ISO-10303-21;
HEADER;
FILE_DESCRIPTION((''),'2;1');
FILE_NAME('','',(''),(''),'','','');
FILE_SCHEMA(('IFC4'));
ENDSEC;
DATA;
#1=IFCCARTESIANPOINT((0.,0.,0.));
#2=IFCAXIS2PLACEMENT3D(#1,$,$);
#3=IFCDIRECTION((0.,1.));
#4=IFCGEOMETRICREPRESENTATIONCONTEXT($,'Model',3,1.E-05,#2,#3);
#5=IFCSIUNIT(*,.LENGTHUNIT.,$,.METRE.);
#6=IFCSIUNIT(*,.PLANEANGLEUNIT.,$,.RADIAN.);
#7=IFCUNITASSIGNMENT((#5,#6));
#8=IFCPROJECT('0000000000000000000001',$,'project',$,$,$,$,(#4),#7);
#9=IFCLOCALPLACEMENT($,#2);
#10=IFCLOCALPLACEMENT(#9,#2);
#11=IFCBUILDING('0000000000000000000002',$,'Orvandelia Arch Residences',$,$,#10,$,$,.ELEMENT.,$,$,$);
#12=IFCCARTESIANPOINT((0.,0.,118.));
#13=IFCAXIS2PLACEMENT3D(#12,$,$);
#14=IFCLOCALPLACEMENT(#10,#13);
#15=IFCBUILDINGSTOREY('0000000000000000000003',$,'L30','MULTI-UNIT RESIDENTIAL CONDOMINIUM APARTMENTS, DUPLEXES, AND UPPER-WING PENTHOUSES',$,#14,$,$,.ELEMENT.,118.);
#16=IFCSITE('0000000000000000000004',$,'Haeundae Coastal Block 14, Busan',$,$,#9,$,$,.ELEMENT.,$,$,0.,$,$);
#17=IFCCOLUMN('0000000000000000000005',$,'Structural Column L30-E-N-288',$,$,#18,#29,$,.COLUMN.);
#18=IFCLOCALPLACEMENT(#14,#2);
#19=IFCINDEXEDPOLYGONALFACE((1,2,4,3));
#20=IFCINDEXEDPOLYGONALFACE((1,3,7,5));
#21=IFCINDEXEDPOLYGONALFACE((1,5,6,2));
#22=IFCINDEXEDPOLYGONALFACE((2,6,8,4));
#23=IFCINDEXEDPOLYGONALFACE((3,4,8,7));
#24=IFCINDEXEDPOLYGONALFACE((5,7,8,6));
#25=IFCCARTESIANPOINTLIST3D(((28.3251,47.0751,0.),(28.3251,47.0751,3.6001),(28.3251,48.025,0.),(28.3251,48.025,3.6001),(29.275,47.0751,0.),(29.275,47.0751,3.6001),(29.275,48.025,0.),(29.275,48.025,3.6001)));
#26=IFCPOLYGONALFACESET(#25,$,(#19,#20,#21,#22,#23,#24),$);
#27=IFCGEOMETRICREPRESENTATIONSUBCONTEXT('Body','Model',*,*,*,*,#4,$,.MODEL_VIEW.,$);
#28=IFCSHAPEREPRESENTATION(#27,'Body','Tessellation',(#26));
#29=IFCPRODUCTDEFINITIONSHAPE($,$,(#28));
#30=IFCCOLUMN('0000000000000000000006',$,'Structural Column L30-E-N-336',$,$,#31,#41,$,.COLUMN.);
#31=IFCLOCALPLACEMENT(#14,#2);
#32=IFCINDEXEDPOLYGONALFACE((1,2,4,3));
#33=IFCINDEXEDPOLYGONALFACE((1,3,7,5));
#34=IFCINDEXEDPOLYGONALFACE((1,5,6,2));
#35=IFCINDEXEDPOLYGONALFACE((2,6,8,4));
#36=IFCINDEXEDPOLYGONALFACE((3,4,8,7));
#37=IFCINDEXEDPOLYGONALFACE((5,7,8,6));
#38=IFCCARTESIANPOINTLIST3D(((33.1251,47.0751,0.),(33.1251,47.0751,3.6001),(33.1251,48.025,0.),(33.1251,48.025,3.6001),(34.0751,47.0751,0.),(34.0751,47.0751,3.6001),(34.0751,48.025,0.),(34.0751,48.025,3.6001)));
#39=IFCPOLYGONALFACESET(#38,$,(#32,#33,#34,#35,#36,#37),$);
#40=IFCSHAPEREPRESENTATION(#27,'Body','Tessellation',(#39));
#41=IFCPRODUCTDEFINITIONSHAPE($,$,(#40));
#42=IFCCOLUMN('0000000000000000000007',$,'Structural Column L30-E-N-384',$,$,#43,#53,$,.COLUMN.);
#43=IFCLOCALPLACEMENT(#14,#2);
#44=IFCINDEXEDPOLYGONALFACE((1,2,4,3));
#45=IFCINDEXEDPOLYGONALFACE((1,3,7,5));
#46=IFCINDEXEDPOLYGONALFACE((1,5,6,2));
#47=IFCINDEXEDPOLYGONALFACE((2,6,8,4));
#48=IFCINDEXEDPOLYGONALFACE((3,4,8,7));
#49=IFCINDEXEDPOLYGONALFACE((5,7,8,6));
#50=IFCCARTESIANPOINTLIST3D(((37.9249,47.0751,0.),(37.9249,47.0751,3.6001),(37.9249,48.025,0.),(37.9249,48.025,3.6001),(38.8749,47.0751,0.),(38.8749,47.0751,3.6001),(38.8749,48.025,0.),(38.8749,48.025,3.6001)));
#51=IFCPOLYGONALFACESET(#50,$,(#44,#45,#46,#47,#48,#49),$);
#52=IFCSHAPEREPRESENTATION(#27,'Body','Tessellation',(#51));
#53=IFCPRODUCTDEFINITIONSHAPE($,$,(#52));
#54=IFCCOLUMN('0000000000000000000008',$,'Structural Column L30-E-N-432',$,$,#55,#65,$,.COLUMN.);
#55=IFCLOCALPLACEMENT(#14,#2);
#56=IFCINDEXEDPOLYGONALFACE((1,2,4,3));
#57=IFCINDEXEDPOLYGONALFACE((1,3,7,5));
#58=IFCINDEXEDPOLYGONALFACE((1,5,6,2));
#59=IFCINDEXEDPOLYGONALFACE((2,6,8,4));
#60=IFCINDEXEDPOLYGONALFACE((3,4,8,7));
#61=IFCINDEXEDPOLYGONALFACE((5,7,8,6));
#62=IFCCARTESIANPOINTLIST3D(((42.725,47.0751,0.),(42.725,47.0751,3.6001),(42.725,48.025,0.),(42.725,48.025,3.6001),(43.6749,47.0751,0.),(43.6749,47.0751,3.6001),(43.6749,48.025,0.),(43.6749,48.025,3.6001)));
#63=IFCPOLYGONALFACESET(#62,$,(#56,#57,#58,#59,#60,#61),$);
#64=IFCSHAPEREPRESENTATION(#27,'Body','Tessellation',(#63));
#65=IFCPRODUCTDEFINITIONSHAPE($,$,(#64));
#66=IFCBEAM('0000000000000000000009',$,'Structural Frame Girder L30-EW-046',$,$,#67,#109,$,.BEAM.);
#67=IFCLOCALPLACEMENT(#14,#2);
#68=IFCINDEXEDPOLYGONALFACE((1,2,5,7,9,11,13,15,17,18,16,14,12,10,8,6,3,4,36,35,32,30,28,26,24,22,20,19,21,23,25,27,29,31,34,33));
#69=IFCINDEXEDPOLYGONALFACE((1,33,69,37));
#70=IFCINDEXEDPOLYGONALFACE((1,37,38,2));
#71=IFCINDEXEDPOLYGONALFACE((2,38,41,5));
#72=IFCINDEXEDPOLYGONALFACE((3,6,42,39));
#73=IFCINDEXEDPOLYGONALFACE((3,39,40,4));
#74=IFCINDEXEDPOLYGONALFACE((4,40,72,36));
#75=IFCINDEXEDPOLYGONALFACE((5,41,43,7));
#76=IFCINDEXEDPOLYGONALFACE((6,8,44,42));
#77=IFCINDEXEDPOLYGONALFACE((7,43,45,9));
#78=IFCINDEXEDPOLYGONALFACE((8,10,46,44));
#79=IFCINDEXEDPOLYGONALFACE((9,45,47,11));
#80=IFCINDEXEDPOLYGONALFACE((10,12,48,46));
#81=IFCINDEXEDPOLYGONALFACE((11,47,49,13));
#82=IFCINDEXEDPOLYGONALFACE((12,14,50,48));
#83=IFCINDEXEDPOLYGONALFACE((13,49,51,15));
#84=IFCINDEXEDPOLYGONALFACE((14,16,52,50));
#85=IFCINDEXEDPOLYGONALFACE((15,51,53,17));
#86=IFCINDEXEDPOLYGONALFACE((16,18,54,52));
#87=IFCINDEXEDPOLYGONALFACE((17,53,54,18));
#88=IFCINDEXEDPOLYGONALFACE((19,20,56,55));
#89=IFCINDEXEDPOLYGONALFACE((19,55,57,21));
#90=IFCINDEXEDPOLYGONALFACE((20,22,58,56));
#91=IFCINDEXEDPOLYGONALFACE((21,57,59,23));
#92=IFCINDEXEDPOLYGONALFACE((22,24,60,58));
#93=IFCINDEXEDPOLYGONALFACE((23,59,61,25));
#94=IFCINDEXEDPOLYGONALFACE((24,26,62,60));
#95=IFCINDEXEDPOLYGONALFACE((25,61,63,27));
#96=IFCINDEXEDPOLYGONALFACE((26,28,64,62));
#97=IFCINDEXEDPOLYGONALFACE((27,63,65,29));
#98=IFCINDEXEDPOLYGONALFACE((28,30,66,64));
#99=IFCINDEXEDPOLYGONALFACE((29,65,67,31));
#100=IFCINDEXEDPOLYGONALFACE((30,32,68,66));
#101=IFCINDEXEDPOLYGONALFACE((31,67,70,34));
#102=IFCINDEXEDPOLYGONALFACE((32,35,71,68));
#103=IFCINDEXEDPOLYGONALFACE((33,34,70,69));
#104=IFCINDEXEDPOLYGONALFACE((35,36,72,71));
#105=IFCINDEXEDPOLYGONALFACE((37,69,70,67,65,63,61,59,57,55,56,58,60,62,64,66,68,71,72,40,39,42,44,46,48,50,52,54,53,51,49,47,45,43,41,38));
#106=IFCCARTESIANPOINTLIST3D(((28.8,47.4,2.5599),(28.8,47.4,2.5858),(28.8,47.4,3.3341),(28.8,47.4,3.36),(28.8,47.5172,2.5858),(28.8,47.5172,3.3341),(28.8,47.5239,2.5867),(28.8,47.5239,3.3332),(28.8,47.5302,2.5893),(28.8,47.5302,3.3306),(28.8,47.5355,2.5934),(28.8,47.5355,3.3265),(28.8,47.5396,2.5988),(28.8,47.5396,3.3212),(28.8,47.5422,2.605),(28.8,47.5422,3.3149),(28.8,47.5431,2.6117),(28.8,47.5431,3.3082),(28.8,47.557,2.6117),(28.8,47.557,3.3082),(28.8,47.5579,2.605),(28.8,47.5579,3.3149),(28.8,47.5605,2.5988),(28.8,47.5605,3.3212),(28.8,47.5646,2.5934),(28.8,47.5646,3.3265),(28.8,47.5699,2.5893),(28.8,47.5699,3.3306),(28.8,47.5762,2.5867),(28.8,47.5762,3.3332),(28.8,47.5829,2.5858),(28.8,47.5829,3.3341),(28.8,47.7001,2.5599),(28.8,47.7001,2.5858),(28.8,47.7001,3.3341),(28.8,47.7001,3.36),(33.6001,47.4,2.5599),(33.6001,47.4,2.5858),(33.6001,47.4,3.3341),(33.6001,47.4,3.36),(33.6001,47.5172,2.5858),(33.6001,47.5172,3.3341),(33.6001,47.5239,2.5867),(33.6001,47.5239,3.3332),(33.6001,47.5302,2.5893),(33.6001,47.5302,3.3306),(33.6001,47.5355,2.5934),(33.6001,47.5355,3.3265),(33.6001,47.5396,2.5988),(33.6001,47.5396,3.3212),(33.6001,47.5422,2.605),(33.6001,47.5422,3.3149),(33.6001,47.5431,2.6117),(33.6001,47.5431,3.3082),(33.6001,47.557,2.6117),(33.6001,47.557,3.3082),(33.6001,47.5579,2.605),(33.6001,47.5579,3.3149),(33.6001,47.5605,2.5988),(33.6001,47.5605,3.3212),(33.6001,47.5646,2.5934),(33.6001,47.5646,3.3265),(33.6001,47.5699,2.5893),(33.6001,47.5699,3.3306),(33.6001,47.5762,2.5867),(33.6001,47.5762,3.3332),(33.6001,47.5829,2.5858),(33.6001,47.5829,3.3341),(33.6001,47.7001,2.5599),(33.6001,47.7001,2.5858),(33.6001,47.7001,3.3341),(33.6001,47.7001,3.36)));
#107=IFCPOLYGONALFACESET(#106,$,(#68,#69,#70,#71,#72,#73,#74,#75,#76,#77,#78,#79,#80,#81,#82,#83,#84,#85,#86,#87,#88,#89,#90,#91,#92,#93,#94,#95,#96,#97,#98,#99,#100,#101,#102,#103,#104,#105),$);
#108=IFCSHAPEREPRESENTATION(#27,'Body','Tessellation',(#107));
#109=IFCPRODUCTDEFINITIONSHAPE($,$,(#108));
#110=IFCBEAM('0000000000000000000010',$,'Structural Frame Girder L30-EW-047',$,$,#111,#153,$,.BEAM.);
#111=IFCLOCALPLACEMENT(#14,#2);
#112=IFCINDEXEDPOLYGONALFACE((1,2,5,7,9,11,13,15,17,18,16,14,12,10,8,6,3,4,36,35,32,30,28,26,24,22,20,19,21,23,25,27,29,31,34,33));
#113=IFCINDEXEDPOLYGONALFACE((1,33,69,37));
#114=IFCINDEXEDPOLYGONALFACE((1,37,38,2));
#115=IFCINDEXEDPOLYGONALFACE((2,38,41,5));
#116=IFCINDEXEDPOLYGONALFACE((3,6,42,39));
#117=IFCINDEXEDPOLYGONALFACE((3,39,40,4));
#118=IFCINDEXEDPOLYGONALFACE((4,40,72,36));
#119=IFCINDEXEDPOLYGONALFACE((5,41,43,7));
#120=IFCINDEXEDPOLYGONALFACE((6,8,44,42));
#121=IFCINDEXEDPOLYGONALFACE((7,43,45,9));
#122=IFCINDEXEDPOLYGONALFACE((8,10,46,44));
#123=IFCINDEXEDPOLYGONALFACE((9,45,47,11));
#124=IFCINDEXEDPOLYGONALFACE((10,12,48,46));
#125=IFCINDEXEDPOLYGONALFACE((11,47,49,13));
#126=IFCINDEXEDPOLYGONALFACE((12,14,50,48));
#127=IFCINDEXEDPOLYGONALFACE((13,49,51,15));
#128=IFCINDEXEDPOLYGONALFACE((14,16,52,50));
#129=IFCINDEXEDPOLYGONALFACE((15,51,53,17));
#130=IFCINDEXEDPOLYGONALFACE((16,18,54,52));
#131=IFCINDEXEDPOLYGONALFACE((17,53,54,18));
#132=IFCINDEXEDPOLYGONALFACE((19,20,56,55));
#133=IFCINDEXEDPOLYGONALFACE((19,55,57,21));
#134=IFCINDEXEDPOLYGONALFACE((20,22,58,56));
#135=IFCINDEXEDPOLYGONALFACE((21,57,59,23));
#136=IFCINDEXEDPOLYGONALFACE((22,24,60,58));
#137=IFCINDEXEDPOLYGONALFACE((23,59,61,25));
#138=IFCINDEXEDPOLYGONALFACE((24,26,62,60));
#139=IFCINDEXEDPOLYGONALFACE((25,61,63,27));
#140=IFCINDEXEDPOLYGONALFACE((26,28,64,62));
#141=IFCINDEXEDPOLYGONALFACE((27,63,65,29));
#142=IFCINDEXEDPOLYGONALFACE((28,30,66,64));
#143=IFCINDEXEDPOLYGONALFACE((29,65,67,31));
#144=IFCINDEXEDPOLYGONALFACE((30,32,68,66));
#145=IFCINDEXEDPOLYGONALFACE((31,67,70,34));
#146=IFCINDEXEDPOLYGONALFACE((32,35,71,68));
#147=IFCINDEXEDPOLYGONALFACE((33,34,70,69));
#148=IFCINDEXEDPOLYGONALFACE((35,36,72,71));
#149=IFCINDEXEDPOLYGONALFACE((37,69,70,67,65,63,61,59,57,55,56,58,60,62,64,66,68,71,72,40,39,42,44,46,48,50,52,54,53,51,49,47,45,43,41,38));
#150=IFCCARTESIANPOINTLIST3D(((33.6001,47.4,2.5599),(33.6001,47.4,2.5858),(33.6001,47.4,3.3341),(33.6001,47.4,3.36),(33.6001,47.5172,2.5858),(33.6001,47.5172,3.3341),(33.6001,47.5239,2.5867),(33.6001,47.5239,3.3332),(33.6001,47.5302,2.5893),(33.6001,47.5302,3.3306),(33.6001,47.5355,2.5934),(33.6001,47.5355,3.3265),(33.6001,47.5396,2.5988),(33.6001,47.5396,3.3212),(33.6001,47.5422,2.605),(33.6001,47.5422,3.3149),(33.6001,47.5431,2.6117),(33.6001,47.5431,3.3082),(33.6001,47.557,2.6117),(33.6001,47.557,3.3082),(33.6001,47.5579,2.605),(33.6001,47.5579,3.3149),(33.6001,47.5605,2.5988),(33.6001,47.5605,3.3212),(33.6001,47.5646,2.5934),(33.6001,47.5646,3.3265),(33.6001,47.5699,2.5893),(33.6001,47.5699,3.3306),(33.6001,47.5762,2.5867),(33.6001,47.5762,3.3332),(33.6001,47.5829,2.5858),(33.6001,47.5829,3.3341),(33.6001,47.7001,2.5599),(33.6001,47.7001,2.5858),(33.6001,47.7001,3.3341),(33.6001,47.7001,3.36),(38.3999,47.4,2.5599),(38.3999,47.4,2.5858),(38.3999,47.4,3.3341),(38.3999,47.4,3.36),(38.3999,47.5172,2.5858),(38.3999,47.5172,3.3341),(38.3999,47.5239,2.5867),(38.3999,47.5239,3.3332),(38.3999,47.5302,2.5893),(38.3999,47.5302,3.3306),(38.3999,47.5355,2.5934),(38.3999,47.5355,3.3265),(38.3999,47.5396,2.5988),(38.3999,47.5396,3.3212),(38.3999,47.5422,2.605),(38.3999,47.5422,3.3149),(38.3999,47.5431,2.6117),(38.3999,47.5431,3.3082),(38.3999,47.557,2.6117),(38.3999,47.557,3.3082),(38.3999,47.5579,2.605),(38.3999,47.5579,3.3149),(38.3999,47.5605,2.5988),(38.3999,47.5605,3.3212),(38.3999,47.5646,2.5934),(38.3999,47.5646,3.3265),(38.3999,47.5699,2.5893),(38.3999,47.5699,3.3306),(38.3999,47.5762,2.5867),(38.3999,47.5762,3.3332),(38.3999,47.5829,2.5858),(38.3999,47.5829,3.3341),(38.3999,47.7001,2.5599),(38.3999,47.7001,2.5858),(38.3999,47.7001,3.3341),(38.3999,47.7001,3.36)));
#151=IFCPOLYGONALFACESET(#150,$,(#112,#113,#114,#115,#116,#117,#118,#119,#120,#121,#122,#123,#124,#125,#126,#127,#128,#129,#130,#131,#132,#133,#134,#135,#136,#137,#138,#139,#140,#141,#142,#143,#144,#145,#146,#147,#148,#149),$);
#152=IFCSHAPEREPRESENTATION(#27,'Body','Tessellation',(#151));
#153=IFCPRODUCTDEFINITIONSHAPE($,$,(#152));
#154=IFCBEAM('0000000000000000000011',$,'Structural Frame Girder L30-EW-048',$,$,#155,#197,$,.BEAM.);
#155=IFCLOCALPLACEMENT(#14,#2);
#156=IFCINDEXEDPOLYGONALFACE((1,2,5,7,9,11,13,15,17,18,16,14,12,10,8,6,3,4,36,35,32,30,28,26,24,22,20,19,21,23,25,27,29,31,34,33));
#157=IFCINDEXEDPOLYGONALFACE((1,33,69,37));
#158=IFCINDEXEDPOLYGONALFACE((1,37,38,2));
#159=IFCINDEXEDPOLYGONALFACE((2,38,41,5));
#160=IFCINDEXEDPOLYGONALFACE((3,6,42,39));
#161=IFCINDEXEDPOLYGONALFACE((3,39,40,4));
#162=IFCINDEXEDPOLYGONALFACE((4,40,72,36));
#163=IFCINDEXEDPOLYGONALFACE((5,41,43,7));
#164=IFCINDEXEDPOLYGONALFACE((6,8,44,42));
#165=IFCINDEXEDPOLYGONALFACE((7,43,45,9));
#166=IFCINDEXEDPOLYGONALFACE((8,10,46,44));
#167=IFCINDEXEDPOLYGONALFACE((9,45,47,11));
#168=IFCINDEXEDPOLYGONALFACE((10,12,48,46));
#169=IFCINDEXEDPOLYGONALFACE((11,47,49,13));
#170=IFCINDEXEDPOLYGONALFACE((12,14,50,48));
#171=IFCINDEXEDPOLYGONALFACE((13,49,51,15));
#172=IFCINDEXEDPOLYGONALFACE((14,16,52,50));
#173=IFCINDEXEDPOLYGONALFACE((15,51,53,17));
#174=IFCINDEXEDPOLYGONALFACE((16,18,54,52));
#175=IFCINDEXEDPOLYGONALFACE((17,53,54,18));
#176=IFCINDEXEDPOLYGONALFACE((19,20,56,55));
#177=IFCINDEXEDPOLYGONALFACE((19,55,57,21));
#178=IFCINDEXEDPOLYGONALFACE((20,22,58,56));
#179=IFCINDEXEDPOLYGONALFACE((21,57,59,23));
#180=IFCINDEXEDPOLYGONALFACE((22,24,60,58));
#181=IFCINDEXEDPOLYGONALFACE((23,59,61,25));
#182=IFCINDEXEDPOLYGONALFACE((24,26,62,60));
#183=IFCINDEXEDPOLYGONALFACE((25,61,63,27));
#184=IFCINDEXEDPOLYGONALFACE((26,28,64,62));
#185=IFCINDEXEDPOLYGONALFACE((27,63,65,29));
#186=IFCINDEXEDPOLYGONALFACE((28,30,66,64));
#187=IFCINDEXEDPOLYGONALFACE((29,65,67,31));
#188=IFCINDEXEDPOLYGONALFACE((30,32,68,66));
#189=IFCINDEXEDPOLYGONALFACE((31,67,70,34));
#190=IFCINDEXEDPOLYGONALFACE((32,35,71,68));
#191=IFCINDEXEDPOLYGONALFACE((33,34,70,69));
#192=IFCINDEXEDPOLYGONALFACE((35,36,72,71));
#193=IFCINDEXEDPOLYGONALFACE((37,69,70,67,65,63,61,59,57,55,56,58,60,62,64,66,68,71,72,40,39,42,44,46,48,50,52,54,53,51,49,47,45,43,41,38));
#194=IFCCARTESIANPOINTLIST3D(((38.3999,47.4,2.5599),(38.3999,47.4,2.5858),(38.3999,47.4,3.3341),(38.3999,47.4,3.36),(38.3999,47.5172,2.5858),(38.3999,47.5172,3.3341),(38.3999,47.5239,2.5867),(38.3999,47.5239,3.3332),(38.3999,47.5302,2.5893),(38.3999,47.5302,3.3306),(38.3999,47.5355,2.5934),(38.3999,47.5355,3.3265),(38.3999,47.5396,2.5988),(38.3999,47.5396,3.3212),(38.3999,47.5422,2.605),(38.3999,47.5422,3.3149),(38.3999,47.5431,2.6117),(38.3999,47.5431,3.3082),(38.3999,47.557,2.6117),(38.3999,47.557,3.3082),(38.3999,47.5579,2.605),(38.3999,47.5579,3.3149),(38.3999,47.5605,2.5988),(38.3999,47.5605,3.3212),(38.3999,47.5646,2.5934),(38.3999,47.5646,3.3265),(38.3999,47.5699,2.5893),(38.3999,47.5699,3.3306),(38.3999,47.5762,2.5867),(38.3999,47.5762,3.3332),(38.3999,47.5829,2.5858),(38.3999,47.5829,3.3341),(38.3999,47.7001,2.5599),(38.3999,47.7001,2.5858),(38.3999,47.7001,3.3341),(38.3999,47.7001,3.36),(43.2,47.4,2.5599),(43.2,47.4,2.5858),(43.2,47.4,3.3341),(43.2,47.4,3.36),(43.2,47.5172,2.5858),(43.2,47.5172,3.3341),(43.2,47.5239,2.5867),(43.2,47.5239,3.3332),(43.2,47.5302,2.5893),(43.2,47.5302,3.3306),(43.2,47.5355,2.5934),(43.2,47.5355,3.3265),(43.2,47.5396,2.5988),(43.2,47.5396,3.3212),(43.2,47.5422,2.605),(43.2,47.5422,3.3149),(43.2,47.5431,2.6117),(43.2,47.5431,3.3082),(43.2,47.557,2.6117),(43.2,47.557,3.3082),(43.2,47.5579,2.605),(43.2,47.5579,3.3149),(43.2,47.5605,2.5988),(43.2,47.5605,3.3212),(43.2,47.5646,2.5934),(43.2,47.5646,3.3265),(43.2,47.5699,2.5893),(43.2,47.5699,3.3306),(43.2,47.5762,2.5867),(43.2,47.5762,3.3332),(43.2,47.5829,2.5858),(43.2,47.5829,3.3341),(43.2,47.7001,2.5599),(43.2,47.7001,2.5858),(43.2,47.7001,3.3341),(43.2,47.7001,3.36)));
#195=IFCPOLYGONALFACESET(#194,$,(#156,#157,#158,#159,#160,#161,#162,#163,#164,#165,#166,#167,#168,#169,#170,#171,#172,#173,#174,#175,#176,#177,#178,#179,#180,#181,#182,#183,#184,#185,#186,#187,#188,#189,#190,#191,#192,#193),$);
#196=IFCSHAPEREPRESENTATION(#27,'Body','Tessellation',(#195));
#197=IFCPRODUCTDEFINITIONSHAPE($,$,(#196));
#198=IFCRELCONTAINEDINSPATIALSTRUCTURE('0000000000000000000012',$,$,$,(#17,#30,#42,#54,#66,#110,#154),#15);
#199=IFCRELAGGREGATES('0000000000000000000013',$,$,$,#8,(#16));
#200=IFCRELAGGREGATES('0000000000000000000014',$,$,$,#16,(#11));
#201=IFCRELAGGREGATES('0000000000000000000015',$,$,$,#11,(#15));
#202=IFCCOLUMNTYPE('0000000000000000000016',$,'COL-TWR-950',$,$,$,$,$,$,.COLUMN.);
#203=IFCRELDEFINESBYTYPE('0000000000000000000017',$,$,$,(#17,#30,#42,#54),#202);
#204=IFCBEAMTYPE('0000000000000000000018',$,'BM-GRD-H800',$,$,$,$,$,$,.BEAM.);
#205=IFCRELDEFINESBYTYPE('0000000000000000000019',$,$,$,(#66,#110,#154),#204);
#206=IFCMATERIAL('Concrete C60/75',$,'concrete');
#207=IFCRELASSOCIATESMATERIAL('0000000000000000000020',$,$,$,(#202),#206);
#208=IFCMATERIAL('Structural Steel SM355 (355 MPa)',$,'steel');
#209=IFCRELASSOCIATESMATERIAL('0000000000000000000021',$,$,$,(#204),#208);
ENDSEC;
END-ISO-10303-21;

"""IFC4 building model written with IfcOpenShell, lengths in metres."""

from ifc_helpers import new_model, si_unit, direction, frame, origin, origin_2d, place, context, subcontext, project, spatial, rectangle, i_section, extrude, material, material_profile, profile_set, type_object, element, save


model = new_model("IFC4")

# Units and contexts
model_context = context("Model", 3, precision=1e-05, world=origin(), true_north=direction((0.0, 1.0)))
body_context = subcontext(model_context, "Body", "Model", "MODEL_VIEW")
ifc_project = project(units=[si_unit("LENGTHUNIT", "METRE"), si_unit("PLANEANGLEUNIT", "RADIAN")], contexts=[model_context])

# Site, building, storey
site_placement = place(None, origin())
site = spatial("IfcSite", under=ifc_project, at=site_placement, Name="Haeundae Coastal Block 14, Busan", CompositionType="ELEMENT", RefElevation=0.0)
building_placement = place(site_placement, origin())
building = spatial("IfcBuilding", under=site, at=building_placement, Name="Orvandelia Arch Residences", CompositionType="ELEMENT")
storey_placement = place(building_placement, frame((0.0, 0.0, 118.0)))
storey = spatial("IfcBuildingStorey", under=building, at=storey_placement, Name="L30", Description="MULTI-UNIT RESIDENTIAL CONDOMINIUM APARTMENTS, DUPLEXES, AND UPPER-WING PENTHOUSES", CompositionType="ELEMENT", Elevation=118.0)

# Columns
ifc_material_1 = material(Name="Concrete C60/75", Category="concrete")
ifc_material_profile_1 = material_profile(ifc_material_1, rectangle(XDim=0.95, YDim=0.95, at=origin_2d()), Name="Concrete C60/75", Category="concrete")
ifc_profile_set_1 = profile_set([ifc_material_profile_1], Name="Concrete C60/75")
column_type = type_object("IfcColumnType", Name="COL-TWR-950", PredefinedType="COLUMN", material=ifc_profile_set_1)
for number, where, z_axis, x_axis, name in (
    (1, (28.8, 47.55, 0.0), (0.0, 0.0, 1.0), (1.0, 0.0, 0.0), "Structural Column L30-E-N-288"),
    (2, (33.6001, 47.55, 0.0), (0.0, 0.0, 1.0), (1.0, 0.0, 0.0), "Structural Column L30-E-N-336"),
    (3, (38.3999, 47.55, 0.0), (0.0, 0.0, 1.0), (1.0, 0.0, 0.0), "Structural Column L30-E-N-384"),
    (4, (43.2, 47.55, 0.0), (0.0, 0.0, 1.0), (1.0, 0.0, 0.0), "Structural Column L30-E-N-432"),
):
    element("IfcColumn", number, at=place(storey_placement, frame(where, z_axis=z_axis, x_axis=x_axis)), inside=storey, type_object=column_type, Name=name, PredefinedType="COLUMN", context=body_context, shape_type="SweptSolid", body=[
        extrude(rectangle(XDim=0.95, YDim=0.95, at=origin_2d()), origin(), (0.0, 0.0, 1.0), 3.6001),
    ])

# Beams
ifc_material_2 = material(Name="Structural Steel SM355 (355 MPa)", Category="steel")
ifc_material_profile_2 = material_profile(ifc_material_2, i_section(OverallWidth=0.3, OverallDepth=0.8, WebThickness=0.0139, FlangeThickness=0.0259, FilletRadius=0.0259, at=origin_2d()), Name="Structural Steel SM355 (355 MPa)", Category="steel")
ifc_profile_set_2 = profile_set([ifc_material_profile_2], Name="Structural Steel SM355 (355 MPa)")
beam_type = type_object("IfcBeamType", Name="BM-GRD-H800", PredefinedType="BEAM", material=ifc_profile_set_2)
beam_1_placement = place(storey_placement, frame((28.8, 47.55, 2.96), z_axis=(1.0, 0.0, 0.0), x_axis=(0.0, 1.0, 0.0)))
element("IfcBeam", 5, at=beam_1_placement, inside=storey, type_object=beam_type, Name="Structural Frame Girder L30-EW-046", PredefinedType="BEAM", context=body_context, shape_type="SweptSolid", body=[
    extrude(i_section(OverallWidth=0.3, OverallDepth=0.8, WebThickness=0.0139, FlangeThickness=0.0259, FilletRadius=0.0259, at=origin_2d()), origin(), (0.0, 0.0, 1.0), 4.8),
])
beam_2_placement = place(storey_placement, frame((33.6001, 47.55, 2.96), z_axis=(1.0, 0.0, 0.0), x_axis=(0.0, 1.0, 0.0)))
element("IfcBeam", 6, at=beam_2_placement, inside=storey, type_object=beam_type, Name="Structural Frame Girder L30-EW-047", PredefinedType="BEAM", context=body_context, shape_type="SweptSolid", body=[
    extrude(i_section(OverallWidth=0.3, OverallDepth=0.8, WebThickness=0.0139, FlangeThickness=0.0259, FilletRadius=0.0259, at=origin_2d()), origin(), (0.0, 0.0, 1.0), 4.7998),
])
for number, where, z_axis, x_axis, name in (
    (7, (38.3999, 47.55, 2.96), (1.0, 0.0, 0.0), (0.0, 1.0, 0.0), "Structural Frame Girder L30-EW-048"),
):
    element("IfcBeam", number, at=place(storey_placement, frame(where, z_axis=z_axis, x_axis=x_axis)), inside=storey, type_object=beam_type, Name=name, PredefinedType="BEAM", context=body_context, shape_type="SweptSolid", body=[
        extrude(i_section(OverallWidth=0.3, OverallDepth=0.8, WebThickness=0.0139, FlangeThickness=0.0259, FilletRadius=0.0259, at=origin_2d()), origin(), (0.0, 0.0, 1.0), 4.8),
    ])

save(model, "model.ifc")
